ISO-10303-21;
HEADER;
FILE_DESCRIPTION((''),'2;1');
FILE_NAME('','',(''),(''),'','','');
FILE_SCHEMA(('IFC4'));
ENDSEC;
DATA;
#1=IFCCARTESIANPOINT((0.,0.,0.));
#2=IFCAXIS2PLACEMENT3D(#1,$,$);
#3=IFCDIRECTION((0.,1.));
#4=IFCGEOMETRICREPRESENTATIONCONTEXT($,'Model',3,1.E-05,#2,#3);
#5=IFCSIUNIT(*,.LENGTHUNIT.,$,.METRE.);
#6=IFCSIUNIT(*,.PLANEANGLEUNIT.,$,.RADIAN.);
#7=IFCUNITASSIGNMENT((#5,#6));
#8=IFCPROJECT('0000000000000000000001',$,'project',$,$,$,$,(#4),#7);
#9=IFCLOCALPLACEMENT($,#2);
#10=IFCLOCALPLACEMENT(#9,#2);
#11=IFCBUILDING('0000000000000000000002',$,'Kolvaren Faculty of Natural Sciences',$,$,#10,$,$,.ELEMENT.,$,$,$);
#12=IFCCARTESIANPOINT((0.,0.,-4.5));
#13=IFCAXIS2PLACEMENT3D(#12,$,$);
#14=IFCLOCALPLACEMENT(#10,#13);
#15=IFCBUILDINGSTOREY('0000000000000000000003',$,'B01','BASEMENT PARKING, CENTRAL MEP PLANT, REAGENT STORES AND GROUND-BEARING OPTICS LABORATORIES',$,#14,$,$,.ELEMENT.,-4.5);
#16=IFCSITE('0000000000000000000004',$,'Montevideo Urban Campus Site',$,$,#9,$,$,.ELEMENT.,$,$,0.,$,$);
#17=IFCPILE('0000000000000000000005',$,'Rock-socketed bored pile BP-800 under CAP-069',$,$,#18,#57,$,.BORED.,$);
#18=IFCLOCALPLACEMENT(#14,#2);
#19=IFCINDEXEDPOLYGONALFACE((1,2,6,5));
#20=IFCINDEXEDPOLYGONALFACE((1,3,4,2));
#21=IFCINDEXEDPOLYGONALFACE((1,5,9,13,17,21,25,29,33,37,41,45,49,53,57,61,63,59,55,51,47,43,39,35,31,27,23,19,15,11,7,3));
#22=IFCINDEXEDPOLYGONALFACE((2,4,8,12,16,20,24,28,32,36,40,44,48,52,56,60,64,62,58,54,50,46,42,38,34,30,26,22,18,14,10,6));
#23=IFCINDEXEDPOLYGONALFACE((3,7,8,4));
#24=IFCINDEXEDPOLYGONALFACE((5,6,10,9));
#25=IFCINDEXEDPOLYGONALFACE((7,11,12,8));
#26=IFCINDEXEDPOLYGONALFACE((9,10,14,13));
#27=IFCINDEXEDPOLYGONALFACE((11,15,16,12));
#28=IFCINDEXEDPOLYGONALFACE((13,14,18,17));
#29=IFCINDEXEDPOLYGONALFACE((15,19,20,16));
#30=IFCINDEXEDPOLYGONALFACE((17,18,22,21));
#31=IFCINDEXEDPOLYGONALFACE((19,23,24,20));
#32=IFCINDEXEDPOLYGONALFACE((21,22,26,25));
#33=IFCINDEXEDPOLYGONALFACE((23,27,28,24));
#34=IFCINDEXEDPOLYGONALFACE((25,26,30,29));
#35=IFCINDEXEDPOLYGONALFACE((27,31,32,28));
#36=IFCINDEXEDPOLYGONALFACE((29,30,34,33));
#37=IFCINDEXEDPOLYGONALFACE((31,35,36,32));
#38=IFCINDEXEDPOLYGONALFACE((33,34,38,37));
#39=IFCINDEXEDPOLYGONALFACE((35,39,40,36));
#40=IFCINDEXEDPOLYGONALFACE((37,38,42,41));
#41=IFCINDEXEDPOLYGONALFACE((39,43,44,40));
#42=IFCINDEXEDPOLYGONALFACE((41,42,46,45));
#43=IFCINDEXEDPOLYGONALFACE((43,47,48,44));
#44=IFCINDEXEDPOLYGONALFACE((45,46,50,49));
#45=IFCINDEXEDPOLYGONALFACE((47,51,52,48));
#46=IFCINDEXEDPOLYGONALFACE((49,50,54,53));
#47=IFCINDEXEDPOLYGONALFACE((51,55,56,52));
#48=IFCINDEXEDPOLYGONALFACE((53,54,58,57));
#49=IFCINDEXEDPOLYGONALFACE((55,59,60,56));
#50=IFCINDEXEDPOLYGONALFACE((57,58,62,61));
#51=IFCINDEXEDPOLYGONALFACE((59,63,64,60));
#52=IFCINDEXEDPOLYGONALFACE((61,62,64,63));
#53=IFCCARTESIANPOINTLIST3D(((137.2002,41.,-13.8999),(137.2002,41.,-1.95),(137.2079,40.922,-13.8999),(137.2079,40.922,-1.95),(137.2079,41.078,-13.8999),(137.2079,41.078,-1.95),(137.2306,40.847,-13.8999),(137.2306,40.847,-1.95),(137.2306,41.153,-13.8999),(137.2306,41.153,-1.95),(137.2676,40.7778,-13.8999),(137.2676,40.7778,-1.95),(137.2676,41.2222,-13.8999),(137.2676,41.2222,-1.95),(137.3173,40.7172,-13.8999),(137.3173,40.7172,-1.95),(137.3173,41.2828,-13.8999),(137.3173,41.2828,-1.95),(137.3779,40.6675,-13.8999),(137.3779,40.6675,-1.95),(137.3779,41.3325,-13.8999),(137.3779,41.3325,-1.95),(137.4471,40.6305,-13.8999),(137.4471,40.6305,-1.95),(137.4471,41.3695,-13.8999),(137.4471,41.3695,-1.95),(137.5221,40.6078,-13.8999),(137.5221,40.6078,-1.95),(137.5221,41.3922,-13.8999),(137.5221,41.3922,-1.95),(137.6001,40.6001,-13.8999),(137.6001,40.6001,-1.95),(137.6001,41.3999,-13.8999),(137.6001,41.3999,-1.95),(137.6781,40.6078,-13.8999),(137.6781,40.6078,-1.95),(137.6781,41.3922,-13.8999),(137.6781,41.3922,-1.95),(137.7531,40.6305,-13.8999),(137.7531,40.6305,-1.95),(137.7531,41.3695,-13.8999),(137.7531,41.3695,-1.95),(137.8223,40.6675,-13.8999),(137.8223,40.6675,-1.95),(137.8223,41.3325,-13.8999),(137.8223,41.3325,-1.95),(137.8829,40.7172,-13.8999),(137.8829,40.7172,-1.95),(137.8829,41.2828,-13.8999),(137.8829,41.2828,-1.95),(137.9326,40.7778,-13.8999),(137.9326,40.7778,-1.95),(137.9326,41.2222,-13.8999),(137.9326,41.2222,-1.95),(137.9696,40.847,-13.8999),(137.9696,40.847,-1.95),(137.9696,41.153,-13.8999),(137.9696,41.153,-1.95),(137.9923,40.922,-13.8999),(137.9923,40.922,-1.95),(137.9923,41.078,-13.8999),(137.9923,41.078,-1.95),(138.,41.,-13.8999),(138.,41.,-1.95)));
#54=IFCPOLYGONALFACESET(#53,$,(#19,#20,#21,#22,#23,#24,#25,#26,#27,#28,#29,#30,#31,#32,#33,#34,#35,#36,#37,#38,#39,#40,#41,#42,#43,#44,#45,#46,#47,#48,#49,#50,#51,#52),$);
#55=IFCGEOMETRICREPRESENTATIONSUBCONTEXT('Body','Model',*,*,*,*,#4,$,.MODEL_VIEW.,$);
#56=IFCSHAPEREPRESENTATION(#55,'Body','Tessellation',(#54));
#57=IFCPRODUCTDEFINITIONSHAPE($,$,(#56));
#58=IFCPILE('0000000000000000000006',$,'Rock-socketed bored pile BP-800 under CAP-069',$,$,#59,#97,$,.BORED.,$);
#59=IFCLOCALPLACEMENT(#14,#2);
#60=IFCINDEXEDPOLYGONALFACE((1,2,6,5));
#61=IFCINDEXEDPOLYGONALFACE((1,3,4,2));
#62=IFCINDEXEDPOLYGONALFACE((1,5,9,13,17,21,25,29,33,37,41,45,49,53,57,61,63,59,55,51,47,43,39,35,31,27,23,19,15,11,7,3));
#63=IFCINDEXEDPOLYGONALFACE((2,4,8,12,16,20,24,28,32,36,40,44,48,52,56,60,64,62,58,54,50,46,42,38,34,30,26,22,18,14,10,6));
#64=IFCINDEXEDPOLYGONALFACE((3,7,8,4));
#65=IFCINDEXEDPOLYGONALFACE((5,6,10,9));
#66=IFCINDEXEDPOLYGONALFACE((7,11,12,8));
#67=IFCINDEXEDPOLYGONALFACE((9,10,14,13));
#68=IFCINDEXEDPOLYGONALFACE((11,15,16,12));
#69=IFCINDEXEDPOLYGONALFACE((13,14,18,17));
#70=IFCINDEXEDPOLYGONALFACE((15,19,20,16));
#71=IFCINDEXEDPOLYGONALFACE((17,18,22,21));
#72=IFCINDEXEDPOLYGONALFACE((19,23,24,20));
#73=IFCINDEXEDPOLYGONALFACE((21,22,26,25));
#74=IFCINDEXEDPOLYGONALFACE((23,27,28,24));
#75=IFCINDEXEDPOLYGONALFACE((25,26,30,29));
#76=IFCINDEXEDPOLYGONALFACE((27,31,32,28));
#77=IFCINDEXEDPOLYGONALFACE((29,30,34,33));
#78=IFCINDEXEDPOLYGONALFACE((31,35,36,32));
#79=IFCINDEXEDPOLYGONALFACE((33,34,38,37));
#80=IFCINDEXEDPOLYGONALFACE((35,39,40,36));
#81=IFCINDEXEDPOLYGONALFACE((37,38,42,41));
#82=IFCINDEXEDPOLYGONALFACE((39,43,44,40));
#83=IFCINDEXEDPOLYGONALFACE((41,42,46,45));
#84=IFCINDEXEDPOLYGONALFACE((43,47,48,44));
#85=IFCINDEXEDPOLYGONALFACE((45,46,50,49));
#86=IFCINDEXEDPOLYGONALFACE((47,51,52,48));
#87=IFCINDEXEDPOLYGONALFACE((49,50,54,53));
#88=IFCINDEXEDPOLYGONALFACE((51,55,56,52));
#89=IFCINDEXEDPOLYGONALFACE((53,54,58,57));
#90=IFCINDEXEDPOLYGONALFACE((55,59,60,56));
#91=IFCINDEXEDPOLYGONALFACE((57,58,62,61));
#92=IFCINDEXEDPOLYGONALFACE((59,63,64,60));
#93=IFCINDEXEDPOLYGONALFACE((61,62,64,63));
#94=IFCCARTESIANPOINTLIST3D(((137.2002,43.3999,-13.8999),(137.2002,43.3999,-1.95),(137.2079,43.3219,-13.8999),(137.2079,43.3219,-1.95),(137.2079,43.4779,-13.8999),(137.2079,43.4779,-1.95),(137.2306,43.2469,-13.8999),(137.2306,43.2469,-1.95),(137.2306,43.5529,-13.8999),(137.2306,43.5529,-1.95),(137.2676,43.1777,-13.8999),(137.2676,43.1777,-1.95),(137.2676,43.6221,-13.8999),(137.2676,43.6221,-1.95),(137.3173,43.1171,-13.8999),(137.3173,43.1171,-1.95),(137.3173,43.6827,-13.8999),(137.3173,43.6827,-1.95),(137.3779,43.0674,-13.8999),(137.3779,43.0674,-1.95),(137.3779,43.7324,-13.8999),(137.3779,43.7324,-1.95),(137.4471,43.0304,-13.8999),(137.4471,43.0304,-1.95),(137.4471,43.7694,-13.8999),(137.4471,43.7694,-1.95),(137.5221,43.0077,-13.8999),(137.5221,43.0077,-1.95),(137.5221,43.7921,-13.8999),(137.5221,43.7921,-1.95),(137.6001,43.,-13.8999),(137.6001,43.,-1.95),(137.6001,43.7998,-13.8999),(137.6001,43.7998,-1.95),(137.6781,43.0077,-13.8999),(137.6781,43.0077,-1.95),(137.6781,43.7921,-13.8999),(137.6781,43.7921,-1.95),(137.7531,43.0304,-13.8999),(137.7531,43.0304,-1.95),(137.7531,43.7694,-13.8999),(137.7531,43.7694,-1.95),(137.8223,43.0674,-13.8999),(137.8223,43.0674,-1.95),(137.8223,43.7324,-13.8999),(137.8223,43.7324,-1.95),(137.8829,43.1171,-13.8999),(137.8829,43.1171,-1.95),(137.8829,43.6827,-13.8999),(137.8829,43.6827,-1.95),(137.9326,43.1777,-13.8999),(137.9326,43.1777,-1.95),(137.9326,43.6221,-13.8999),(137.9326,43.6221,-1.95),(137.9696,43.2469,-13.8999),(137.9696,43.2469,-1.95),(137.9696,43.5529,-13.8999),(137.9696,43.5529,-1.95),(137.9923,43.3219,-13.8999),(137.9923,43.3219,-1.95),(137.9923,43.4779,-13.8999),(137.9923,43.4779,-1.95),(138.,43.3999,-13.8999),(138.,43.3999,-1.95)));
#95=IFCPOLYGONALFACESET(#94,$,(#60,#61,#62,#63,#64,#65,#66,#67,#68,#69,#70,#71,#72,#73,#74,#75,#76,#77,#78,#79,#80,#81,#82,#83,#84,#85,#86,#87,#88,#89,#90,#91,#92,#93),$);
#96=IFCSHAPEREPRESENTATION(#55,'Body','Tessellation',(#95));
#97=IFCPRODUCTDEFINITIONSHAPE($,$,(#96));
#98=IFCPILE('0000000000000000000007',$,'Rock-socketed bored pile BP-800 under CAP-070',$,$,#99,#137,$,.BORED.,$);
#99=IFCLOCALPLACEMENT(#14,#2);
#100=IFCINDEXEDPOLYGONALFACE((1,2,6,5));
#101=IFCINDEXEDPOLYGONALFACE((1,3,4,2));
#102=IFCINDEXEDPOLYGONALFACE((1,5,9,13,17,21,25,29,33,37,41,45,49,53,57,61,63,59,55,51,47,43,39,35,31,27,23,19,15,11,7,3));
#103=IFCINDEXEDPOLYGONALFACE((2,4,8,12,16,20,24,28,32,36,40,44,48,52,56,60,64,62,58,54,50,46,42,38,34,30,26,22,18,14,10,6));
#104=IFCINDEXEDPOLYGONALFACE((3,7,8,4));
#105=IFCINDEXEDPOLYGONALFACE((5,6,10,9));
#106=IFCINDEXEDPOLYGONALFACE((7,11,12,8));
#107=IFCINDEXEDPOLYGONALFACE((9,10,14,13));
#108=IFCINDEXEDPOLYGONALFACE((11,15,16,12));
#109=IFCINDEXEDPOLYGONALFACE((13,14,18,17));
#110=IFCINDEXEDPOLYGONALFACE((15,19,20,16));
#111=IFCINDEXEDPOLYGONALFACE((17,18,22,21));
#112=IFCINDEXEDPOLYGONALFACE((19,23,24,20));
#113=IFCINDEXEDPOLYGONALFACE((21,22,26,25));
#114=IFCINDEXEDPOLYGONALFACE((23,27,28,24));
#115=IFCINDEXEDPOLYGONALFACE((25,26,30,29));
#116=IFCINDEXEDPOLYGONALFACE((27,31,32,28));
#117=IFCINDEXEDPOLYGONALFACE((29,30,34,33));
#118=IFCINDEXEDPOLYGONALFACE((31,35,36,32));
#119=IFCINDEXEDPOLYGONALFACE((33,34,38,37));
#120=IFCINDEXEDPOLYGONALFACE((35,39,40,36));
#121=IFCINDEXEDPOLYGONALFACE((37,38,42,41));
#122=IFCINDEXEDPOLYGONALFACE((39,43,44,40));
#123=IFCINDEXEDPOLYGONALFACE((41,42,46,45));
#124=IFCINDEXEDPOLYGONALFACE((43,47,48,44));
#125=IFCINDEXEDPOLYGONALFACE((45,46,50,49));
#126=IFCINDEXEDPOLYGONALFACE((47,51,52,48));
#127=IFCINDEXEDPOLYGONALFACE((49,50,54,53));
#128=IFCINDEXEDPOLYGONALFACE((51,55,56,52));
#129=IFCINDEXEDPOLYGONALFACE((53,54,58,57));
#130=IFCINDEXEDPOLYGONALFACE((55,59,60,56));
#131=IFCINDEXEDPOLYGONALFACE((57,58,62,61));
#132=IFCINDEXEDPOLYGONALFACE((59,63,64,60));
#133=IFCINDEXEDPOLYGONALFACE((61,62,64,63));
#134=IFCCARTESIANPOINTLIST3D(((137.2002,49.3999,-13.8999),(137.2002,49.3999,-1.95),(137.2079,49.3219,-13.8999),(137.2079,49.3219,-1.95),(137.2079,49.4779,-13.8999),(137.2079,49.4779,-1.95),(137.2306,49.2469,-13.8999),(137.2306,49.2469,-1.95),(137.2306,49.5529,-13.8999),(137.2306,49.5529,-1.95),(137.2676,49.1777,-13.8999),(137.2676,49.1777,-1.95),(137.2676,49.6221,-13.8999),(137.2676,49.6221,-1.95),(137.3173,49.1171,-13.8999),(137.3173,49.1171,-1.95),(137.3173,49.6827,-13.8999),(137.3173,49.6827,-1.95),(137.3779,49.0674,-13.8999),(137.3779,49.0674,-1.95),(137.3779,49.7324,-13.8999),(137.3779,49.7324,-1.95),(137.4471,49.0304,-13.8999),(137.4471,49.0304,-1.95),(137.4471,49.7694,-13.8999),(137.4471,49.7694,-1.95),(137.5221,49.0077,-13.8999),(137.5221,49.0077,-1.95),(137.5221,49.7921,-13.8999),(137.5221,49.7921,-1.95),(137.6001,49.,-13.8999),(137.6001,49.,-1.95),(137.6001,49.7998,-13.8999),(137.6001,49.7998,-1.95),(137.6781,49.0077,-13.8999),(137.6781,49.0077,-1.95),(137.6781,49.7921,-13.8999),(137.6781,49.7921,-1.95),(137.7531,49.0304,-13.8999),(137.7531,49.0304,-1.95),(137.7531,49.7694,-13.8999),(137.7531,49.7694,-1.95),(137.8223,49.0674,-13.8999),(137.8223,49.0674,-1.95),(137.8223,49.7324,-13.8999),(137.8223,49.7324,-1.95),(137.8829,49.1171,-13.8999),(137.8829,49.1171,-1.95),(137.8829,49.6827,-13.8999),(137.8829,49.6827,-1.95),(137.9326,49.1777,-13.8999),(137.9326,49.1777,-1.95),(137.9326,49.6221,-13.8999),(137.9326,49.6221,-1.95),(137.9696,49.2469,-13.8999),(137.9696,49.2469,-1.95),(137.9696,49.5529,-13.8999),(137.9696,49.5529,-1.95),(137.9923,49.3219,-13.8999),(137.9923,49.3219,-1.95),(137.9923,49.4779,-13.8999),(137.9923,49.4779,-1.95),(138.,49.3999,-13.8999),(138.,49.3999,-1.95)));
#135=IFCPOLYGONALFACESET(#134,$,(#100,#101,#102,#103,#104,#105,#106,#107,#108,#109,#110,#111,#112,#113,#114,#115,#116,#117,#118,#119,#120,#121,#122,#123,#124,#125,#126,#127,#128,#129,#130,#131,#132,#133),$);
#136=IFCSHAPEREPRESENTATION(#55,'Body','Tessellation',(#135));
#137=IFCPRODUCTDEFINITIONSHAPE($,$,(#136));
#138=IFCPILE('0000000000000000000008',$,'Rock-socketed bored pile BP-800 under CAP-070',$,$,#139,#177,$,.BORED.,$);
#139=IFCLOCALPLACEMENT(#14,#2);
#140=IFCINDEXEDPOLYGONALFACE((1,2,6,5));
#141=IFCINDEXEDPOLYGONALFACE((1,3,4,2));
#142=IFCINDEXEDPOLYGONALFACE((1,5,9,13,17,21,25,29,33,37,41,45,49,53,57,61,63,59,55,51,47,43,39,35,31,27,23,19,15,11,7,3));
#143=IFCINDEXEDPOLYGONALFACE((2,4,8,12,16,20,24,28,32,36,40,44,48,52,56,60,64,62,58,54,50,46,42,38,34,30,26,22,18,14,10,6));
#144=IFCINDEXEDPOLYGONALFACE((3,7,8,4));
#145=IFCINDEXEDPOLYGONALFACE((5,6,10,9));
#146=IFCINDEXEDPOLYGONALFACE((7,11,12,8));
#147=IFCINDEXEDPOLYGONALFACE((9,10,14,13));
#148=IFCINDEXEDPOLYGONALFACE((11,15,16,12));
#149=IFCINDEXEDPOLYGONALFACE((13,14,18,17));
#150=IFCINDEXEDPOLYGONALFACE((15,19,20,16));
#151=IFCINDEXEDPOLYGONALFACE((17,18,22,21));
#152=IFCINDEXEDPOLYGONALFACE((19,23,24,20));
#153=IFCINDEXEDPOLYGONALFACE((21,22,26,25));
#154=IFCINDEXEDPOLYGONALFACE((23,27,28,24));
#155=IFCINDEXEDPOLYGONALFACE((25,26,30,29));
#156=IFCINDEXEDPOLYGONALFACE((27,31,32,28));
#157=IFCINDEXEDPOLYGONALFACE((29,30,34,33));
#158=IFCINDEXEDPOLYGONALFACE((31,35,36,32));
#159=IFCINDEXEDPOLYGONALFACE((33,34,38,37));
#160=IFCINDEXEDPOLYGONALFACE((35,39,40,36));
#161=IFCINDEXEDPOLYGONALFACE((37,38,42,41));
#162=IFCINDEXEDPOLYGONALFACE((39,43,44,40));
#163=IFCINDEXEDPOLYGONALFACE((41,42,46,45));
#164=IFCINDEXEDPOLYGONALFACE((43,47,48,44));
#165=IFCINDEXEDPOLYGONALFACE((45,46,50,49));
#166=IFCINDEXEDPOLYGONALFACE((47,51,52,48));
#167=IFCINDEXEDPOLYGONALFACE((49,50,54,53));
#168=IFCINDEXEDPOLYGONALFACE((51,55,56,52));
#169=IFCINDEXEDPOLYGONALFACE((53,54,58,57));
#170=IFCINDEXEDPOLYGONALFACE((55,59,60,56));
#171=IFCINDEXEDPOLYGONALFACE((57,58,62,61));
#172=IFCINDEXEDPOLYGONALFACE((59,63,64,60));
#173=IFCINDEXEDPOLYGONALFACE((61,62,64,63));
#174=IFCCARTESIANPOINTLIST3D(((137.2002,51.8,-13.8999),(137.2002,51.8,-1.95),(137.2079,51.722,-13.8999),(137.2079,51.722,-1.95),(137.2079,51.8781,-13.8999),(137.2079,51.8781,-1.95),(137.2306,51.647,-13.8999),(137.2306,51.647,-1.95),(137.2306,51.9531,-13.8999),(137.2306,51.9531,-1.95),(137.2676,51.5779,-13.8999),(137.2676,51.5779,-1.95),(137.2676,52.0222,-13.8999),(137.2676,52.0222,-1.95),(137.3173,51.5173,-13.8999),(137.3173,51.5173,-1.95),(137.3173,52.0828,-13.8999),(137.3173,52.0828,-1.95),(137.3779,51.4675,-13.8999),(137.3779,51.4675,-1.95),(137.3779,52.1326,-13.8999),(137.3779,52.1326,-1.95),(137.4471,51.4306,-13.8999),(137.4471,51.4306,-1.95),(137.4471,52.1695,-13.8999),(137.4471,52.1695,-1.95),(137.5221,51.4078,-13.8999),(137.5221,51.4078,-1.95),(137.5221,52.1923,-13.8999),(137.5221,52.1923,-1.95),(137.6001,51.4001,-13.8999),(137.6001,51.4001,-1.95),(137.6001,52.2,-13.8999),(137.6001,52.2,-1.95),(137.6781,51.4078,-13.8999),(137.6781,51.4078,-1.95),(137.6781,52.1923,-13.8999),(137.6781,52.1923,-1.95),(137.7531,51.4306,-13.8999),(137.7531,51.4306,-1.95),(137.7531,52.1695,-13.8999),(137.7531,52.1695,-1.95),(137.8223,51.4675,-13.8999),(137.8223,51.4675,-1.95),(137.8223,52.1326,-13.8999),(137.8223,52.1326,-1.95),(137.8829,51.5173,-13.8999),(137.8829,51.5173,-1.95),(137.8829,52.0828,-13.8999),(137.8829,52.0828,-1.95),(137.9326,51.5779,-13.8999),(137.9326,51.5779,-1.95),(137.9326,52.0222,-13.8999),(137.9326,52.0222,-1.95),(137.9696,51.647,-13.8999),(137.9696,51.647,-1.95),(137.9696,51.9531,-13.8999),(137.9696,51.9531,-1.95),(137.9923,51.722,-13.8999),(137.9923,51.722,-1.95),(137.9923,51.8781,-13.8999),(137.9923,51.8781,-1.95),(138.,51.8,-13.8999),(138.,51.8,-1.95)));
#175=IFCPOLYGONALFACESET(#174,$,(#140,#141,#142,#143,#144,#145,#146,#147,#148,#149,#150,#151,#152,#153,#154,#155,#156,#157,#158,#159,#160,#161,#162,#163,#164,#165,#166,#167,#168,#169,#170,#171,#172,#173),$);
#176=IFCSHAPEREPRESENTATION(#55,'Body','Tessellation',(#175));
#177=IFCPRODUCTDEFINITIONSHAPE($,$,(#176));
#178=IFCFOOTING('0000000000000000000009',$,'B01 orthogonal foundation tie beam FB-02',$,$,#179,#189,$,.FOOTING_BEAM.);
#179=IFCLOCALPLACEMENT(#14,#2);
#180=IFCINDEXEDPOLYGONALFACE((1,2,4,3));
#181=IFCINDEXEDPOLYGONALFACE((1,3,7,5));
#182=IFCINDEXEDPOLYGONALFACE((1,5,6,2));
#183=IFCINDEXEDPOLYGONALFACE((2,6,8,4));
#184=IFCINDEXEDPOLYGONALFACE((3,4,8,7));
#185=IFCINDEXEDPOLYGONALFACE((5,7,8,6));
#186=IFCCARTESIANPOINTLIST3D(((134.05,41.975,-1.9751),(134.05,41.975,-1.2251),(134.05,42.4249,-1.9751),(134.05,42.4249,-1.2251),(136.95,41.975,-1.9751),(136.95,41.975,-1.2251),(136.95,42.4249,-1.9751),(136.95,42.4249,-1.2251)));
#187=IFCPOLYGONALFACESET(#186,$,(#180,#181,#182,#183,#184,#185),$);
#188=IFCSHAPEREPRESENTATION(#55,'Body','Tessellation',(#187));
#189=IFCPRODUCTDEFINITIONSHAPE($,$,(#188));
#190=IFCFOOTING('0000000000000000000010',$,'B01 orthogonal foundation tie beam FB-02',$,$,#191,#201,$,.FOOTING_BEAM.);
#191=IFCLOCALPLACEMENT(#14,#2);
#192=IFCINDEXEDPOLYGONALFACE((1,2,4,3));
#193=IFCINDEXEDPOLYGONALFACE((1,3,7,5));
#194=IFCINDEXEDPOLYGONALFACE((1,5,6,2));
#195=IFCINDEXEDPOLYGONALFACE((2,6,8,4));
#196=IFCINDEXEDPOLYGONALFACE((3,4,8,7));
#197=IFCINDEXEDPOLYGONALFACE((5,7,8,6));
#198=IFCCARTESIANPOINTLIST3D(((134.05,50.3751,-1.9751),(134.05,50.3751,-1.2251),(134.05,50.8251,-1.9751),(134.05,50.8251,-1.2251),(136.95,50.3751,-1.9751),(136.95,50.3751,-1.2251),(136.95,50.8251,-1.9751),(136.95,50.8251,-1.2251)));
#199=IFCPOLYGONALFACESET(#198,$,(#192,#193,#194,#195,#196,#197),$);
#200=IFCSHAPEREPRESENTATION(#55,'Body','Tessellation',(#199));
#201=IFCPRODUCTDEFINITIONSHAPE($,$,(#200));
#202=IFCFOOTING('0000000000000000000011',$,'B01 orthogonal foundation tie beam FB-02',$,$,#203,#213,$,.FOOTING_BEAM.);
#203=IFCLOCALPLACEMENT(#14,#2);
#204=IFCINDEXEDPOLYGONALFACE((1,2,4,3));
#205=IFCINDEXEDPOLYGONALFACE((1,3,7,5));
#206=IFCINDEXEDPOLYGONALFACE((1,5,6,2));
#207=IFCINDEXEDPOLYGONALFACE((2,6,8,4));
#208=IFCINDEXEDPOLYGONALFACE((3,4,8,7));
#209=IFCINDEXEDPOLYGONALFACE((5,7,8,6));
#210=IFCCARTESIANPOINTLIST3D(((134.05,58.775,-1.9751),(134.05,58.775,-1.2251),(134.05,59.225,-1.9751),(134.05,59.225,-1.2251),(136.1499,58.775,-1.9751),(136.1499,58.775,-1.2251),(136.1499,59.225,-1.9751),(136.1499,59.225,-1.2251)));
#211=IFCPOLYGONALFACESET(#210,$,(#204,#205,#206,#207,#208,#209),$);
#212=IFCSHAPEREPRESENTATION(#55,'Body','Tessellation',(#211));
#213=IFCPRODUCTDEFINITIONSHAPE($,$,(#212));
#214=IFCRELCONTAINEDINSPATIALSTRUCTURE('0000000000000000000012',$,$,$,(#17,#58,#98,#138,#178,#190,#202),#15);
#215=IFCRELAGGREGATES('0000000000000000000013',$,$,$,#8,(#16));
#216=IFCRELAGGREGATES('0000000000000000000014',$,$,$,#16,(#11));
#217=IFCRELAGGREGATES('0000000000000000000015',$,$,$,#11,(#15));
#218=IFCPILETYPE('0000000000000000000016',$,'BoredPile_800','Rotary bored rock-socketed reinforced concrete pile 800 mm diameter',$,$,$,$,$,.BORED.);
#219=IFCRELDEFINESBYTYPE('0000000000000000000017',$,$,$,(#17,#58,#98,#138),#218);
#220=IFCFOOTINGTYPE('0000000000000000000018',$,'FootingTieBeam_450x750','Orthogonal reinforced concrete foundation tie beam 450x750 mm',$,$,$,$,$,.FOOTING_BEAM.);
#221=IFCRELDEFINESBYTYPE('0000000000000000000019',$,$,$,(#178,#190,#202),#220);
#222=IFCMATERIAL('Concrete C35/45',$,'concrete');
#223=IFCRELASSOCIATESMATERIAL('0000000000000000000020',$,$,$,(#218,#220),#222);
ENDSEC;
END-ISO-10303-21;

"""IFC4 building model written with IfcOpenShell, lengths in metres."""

from ifc_helpers import new_model, si_unit, direction, frame, origin, origin_2d, place, context, subcontext, project, spatial, rectangle, circle, extrude, material, material_profile, profile_set, type_object, element, save


model = new_model("IFC4")

# Units and contexts
model_context = context("Model", 3, precision=1e-05, world=origin(), true_north=direction((0.0, 1.0)))
body_context = subcontext(model_context, "Body", "Model", "MODEL_VIEW")
ifc_project = project(units=[si_unit("LENGTHUNIT", "METRE"), si_unit("PLANEANGLEUNIT", "RADIAN")], contexts=[model_context])

# Site, building, storey
site_placement = place(None, origin())
site = spatial("IfcSite", under=ifc_project, at=site_placement, Name="Montevideo Urban Campus Site", CompositionType="ELEMENT", RefElevation=0.0)
building_placement = place(site_placement, origin())
building = spatial("IfcBuilding", under=site, at=building_placement, Name="Kolvaren Faculty of Natural Sciences", CompositionType="ELEMENT")
storey_placement = place(building_placement, frame((0.0, 0.0, -4.5)))
storey = spatial("IfcBuildingStorey", under=building, at=storey_placement, Name="B01", Description="BASEMENT PARKING, CENTRAL MEP PLANT, REAGENT STORES AND GROUND-BEARING OPTICS LABORATORIES", CompositionType="ELEMENT", Elevation=-4.5)

# Piles
ifc_material_1 = material(Name="Concrete C35/45", Category="concrete")
ifc_material_profile_1 = material_profile(ifc_material_1, circle(Radius=0.3999, at=origin_2d()), Name="PILE D800")
ifc_profile_set_1 = profile_set([ifc_material_profile_1], Name="Concrete C35/45")
pile_type_1 = type_object("IfcPileType", Name="BoredPile_800", Description="Rotary bored rock-socketed reinforced concrete pile 800 mm diameter", PredefinedType="BORED", material=ifc_profile_set_1)
for number, where, z_axis, x_axis, name in (
    (1, (137.6001, 41.0, -1.95), (0.0, 0.0, -1.0), (1.0, 0.0, 0.0), "Rock-socketed bored pile BP-800 under CAP-069"),
    (2, (137.6001, 43.3999, -1.95), (0.0, 0.0, -1.0), (1.0, 0.0, 0.0), "Rock-socketed bored pile BP-800 under CAP-069"),
    (3, (137.6001, 49.3999, -1.95), (0.0, 0.0, -1.0), (1.0, 0.0, 0.0), "Rock-socketed bored pile BP-800 under CAP-070"),
    (4, (137.6001, 51.8, -1.95), (0.0, 0.0, -1.0), (1.0, 0.0, 0.0), "Rock-socketed bored pile BP-800 under CAP-070"),
):
    element("IfcPile", number, at=place(storey_placement, frame(where, z_axis=z_axis, x_axis=x_axis)), inside=storey, type_object=pile_type_1, Name=name, PredefinedType="BORED", context=body_context, shape_type="SweptSolid", body=[
        extrude(circle(Radius=0.3999, at=origin_2d()), origin(), (0.0, 0.0, 1.0), 11.95),
    ])

# Footings
ifc_material_profile_2 = material_profile(ifc_material_1, rectangle(XDim=0.45, YDim=0.75, at=origin_2d()), Name="RC FB 450x750")
ifc_profile_set_2 = profile_set([ifc_material_profile_2], Name="Concrete C35/45")
footing_type_1 = type_object("IfcFootingType", Name="FootingTieBeam_450x750", Description="Orthogonal reinforced concrete foundation tie beam 450x750 mm", PredefinedType="FOOTING_BEAM", material=ifc_profile_set_2)
for number, where, z_axis, x_axis, name in (
    (5, (134.05, 42.2, -1.6001), (1.0, 0.0, 0.0), (0.0, 1.0, 0.0), "B01 orthogonal foundation tie beam FB-02"),
    (6, (134.05, 50.6001, -1.6001), (1.0, 0.0, 0.0), (0.0, 1.0, 0.0), "B01 orthogonal foundation tie beam FB-02"),
):
    element("IfcFooting", number, at=place(storey_placement, frame(where, z_axis=z_axis, x_axis=x_axis)), inside=storey, type_object=footing_type_1, Name=name, PredefinedType="FOOTING_BEAM", context=body_context, shape_type="SweptSolid", body=[
        extrude(rectangle(XDim=0.45, YDim=0.75, at=origin_2d()), origin(), (0.0, 0.0, 1.0), 2.8999),
    ])
footing_1_placement = place(storey_placement, frame((134.05, 59.0, -1.6001), z_axis=(1.0, 0.0, 0.0), x_axis=(0.0, 1.0, 0.0)))
element("IfcFooting", 7, at=footing_1_placement, inside=storey, type_object=footing_type_1, Name="B01 orthogonal foundation tie beam FB-02", PredefinedType="FOOTING_BEAM", context=body_context, shape_type="SweptSolid", body=[
    extrude(rectangle(XDim=0.45, YDim=0.75, at=origin_2d()), origin(), (0.0, 0.0, 1.0), 2.0999),
])

save(model, "model.ifc")
